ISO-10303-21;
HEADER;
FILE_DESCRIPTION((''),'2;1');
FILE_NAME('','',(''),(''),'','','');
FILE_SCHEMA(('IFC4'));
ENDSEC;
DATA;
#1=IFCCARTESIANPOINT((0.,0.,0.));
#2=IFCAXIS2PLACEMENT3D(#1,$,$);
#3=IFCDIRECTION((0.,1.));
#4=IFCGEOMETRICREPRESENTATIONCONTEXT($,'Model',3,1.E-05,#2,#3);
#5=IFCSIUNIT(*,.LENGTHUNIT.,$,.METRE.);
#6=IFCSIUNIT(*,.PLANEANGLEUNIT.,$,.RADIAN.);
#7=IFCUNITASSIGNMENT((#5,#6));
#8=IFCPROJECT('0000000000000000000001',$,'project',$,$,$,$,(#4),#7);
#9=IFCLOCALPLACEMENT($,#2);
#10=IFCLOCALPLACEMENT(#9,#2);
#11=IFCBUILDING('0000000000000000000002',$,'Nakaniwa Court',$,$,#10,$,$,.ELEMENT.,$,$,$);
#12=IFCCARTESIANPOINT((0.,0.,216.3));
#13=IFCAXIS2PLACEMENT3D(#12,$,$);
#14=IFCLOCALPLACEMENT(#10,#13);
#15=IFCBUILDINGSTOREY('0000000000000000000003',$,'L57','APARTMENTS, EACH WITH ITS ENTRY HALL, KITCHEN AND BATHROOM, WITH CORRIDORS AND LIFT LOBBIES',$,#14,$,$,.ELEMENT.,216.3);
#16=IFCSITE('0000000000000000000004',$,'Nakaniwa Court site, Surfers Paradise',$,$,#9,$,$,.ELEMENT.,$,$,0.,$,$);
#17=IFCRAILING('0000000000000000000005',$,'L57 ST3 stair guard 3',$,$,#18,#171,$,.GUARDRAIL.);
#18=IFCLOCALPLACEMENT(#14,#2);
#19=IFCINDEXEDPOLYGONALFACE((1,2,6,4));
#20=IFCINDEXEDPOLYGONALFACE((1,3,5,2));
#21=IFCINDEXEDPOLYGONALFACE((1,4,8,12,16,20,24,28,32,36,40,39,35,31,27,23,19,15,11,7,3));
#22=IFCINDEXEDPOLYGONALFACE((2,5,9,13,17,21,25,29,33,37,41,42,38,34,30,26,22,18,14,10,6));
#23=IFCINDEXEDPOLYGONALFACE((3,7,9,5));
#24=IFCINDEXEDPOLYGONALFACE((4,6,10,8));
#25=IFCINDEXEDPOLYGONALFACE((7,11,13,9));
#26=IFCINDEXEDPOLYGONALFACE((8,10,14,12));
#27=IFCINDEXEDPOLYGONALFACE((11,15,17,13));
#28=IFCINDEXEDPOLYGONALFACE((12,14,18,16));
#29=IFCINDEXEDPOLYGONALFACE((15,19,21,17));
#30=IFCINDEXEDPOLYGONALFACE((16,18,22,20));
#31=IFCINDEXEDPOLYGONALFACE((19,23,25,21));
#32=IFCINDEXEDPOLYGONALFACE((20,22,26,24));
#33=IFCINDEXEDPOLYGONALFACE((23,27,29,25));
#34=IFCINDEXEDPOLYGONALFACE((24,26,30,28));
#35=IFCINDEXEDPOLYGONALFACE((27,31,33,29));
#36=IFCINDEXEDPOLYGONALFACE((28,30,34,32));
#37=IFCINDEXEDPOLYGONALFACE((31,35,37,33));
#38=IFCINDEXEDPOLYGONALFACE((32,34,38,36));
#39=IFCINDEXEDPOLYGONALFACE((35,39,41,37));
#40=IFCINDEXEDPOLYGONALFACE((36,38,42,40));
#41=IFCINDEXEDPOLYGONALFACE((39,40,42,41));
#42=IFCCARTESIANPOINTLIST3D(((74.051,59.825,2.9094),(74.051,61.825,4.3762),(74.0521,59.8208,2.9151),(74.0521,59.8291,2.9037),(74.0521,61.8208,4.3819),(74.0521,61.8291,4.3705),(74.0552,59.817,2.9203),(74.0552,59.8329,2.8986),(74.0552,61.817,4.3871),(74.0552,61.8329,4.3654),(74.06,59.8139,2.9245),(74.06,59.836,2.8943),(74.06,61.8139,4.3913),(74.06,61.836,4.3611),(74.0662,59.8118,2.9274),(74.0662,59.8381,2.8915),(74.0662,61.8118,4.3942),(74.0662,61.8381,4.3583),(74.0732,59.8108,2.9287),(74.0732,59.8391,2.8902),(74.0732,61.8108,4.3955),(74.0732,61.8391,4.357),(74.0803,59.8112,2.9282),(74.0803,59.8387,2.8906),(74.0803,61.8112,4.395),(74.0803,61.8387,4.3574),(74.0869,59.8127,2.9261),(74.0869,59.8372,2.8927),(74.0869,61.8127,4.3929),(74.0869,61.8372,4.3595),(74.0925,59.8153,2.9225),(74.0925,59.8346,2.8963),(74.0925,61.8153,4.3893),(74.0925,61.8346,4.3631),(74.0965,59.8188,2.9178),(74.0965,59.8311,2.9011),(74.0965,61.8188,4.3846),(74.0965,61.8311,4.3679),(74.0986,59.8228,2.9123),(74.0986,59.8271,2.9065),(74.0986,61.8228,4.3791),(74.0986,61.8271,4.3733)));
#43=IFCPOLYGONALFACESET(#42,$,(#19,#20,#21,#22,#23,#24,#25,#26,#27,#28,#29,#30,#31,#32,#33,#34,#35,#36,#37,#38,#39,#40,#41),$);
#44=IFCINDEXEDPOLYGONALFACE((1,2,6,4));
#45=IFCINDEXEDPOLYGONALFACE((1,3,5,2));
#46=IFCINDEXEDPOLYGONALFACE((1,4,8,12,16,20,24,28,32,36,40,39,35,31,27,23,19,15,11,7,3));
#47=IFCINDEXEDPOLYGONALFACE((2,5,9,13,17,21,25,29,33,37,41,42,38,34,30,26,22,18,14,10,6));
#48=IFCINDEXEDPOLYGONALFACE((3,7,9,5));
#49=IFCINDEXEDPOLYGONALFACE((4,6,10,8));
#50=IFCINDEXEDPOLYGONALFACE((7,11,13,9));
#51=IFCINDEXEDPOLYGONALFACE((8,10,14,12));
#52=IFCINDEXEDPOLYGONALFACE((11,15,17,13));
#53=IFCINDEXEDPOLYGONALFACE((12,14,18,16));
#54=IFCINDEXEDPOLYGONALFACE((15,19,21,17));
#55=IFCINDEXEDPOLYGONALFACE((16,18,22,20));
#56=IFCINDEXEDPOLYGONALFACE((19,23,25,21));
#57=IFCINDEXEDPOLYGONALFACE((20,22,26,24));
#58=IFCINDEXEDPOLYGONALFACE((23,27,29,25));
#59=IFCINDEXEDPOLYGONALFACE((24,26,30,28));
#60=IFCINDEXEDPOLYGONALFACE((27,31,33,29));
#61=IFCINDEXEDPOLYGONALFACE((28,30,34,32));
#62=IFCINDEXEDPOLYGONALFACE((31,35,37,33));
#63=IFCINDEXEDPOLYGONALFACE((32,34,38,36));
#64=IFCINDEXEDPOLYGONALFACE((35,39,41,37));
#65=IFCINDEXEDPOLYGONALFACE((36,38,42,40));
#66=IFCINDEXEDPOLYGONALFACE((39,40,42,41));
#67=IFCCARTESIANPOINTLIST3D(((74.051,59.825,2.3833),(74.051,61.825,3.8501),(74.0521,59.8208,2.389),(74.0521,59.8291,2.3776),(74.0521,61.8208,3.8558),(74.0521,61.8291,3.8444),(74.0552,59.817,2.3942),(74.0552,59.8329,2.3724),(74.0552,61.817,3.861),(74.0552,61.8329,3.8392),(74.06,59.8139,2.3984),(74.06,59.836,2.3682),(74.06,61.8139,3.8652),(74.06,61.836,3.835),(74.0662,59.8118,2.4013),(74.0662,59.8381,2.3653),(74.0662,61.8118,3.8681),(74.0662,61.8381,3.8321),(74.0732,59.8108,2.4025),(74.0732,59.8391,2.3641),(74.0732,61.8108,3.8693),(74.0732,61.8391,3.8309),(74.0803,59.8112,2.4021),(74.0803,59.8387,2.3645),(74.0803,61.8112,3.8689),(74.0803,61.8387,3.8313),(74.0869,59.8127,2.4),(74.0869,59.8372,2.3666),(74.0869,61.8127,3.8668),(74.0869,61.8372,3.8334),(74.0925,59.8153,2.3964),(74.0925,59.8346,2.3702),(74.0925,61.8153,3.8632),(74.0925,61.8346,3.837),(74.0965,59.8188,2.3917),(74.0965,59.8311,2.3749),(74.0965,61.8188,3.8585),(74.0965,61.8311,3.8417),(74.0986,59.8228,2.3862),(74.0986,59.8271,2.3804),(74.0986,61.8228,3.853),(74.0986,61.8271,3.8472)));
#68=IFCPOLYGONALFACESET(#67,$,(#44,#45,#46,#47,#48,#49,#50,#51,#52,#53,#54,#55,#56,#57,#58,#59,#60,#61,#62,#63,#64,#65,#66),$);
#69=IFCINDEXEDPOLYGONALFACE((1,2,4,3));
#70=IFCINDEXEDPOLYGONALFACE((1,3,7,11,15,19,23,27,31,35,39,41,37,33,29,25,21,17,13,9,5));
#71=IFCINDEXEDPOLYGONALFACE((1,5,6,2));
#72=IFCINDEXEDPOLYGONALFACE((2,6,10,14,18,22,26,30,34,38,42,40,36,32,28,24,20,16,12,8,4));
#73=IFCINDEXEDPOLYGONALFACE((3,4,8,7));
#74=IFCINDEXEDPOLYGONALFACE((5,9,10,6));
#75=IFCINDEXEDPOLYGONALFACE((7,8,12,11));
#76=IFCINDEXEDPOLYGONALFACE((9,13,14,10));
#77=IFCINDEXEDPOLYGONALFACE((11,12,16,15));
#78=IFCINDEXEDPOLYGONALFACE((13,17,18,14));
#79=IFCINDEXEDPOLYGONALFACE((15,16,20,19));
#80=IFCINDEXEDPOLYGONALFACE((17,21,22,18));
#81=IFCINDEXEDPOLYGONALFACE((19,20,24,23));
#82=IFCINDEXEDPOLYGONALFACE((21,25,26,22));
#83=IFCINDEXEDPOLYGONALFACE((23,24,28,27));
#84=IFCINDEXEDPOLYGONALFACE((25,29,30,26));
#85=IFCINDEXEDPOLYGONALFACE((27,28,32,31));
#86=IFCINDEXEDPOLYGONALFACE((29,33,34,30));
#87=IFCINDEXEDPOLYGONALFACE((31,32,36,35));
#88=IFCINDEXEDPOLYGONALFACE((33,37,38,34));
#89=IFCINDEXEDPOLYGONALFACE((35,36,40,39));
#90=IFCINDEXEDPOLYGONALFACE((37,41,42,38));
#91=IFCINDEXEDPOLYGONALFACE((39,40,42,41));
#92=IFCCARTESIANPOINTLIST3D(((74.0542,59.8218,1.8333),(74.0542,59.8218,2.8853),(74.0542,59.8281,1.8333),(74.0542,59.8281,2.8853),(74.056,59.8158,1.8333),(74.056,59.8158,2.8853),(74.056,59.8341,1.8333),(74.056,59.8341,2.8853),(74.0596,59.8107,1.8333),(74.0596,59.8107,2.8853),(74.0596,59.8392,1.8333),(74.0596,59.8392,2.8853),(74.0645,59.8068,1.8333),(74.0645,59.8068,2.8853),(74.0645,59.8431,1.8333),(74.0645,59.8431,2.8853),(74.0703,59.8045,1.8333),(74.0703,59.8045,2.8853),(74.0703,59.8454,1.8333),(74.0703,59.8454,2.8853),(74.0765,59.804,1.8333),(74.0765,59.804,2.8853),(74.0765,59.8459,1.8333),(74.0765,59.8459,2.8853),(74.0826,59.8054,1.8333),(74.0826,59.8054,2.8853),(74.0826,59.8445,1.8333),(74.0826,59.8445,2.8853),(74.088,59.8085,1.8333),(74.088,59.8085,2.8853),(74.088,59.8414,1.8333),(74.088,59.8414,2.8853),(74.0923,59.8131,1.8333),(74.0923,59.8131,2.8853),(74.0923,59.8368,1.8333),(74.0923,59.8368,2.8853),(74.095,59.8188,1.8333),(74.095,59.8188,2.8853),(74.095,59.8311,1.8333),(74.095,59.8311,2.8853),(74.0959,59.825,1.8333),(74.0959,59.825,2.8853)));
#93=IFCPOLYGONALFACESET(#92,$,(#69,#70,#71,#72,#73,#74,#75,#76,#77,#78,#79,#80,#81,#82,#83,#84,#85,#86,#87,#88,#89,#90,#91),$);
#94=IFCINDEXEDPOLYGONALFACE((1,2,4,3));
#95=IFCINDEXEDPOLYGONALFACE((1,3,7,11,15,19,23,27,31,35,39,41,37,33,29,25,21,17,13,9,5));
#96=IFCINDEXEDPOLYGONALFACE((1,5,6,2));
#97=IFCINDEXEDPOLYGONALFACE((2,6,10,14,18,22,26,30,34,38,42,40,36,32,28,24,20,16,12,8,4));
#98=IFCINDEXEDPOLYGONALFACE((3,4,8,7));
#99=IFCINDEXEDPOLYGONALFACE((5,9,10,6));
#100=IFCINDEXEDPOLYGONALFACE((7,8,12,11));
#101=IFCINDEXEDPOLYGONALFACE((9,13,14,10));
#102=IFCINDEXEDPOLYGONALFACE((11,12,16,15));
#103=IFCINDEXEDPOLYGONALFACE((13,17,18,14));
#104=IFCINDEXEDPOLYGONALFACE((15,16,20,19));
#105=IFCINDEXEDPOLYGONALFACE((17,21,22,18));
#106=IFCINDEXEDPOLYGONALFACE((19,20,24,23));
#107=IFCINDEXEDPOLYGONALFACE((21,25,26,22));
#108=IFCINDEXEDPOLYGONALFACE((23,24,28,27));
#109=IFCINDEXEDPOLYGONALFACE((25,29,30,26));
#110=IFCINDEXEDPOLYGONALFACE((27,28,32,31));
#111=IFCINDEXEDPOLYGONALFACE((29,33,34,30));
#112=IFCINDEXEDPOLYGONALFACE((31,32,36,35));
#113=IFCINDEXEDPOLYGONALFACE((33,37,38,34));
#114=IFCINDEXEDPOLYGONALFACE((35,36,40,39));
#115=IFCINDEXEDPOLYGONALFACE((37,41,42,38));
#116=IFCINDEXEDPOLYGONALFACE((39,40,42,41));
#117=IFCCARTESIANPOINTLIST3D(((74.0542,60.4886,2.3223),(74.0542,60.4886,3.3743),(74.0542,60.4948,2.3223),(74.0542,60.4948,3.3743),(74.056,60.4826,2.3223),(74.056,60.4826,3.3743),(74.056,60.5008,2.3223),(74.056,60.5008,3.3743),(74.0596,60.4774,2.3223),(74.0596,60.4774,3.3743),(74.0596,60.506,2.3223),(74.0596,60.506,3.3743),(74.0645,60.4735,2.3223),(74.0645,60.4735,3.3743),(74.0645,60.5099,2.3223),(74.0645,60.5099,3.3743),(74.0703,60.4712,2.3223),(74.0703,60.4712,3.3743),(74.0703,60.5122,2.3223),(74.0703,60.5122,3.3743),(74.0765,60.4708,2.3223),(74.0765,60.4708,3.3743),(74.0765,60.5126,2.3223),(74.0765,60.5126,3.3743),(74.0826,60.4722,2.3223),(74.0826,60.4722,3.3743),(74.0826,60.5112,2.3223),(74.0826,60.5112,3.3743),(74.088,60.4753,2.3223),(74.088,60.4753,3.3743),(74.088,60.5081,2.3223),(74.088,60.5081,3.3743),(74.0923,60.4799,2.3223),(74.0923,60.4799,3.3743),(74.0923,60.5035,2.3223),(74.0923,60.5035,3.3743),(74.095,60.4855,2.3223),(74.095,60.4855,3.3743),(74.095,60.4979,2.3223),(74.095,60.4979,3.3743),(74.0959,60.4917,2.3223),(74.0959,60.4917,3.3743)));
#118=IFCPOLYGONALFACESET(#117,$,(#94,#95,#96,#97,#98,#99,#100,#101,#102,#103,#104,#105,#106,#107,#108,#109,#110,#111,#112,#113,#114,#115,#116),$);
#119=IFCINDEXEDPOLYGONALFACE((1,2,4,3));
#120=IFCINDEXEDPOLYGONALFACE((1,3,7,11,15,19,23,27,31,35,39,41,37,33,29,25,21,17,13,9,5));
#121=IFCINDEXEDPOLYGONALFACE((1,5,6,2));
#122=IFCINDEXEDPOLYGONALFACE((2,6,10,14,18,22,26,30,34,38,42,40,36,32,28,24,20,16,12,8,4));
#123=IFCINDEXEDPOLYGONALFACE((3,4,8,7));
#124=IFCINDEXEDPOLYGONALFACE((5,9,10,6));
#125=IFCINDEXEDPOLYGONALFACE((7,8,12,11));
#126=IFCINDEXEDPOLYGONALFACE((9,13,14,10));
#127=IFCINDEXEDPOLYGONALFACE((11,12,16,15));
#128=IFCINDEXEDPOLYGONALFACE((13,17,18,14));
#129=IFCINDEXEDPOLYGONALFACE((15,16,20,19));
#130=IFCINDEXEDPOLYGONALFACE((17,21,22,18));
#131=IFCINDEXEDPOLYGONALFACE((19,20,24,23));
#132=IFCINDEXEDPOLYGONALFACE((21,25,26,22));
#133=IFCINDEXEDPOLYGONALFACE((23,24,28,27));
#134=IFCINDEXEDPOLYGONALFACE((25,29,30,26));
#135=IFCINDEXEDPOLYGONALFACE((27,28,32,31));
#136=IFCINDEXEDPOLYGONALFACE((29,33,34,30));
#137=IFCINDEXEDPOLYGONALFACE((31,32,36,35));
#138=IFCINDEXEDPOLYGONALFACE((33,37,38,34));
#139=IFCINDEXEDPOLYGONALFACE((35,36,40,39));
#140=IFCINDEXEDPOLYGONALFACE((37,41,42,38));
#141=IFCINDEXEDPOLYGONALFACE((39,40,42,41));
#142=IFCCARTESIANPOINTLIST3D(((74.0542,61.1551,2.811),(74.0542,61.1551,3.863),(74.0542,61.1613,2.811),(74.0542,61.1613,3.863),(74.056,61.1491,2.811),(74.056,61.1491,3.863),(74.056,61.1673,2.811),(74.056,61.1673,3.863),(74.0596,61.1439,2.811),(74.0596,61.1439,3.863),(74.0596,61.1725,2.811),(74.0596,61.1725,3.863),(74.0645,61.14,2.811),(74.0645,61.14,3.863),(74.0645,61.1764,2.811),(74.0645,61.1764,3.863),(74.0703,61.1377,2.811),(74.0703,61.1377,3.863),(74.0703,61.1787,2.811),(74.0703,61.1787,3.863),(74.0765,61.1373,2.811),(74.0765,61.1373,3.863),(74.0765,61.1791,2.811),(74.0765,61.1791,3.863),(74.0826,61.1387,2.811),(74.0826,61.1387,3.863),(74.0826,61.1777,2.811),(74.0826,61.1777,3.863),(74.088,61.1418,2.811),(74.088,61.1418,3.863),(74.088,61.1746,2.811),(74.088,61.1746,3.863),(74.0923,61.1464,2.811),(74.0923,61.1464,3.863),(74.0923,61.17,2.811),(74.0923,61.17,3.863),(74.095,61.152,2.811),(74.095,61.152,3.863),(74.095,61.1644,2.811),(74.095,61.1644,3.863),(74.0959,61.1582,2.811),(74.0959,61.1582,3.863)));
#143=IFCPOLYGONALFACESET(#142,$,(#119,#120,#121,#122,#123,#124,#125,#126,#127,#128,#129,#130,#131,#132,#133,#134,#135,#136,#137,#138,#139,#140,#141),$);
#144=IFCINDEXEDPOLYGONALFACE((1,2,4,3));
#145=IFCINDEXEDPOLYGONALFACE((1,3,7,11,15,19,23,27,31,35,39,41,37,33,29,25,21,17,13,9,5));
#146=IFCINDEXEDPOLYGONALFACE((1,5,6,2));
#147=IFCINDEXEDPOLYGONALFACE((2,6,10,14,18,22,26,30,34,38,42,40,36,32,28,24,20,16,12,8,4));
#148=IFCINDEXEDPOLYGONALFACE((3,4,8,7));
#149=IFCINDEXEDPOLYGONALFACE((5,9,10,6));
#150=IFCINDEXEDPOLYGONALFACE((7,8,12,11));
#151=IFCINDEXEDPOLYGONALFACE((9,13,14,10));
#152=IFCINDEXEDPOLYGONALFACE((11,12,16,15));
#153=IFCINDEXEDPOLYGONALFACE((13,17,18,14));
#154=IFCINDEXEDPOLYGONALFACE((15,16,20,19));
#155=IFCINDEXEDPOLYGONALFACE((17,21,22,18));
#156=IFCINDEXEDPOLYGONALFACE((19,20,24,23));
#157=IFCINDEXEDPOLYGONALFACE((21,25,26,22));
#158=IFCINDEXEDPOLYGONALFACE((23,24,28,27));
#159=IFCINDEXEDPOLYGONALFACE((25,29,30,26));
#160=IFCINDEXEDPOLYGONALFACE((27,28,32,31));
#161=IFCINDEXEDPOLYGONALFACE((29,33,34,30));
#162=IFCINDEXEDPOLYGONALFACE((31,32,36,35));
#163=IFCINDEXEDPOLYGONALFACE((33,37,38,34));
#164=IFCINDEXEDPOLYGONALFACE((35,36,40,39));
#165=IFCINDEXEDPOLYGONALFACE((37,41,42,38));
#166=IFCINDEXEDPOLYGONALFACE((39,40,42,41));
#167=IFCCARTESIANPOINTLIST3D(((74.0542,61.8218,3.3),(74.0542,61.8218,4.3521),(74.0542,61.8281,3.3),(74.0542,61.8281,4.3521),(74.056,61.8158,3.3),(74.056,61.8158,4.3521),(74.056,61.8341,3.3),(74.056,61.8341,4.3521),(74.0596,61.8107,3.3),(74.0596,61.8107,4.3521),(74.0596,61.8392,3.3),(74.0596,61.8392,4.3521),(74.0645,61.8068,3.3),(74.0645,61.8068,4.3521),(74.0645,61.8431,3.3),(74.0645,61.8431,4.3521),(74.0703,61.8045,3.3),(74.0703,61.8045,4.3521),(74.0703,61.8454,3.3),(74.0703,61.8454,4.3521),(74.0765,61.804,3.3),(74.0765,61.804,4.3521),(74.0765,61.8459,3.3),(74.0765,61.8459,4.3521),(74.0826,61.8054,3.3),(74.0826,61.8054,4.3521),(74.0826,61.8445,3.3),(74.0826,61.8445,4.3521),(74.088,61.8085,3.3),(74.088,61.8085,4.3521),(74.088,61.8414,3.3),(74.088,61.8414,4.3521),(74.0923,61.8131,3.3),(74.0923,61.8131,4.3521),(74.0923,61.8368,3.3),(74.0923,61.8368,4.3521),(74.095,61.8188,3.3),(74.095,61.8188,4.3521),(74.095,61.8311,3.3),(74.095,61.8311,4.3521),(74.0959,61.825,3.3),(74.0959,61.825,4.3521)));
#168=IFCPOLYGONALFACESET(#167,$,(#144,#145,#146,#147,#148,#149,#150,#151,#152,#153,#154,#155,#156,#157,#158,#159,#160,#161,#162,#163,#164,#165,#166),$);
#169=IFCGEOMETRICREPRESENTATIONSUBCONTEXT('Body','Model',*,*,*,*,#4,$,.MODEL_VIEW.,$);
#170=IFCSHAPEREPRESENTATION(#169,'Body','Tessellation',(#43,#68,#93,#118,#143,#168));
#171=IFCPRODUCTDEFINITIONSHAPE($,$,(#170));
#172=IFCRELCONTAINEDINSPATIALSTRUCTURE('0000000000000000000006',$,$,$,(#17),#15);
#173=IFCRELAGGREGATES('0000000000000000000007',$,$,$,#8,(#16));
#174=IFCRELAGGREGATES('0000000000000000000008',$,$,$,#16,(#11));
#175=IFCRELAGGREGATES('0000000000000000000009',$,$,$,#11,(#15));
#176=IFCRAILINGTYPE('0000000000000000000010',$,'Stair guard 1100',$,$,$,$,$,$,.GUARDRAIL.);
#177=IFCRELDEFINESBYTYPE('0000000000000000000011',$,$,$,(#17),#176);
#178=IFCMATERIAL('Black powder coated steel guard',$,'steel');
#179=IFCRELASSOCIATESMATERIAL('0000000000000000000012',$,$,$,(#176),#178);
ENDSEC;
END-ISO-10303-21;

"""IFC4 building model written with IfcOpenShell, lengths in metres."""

from ifc_helpers import new_model, si_unit, direction, frame, origin, origin_2d, place, context, subcontext, project, spatial, circle, extrude, material, type_object, element, save


model = new_model("IFC4")

# Units and contexts
model_context = context("Model", 3, precision=1e-05, world=origin(), true_north=direction((0.0, 1.0)))
body_context = subcontext(model_context, "Body", "Model", "MODEL_VIEW")
ifc_project = project(units=[si_unit("LENGTHUNIT", "METRE"), si_unit("PLANEANGLEUNIT", "RADIAN")], contexts=[model_context])

# Site, building, storey
site_placement = place(None, origin())
site = spatial("IfcSite", under=ifc_project, at=site_placement, Name="Nakaniwa Court site, Surfers Paradise", CompositionType="ELEMENT", RefElevation=0.0)
building_placement = place(site_placement, origin())
building = spatial("IfcBuilding", under=site, at=building_placement, Name="Nakaniwa Court", CompositionType="ELEMENT")
storey_placement = place(building_placement, frame((0.0, 0.0, 216.3)))
storey = spatial("IfcBuildingStorey", under=building, at=storey_placement, Name="L57", Description="APARTMENTS, EACH WITH ITS ENTRY HALL, KITCHEN AND BATHROOM, WITH CORRIDORS AND LIFT LOBBIES", CompositionType="ELEMENT", Elevation=216.3)

# Railing
ifc_material_1 = material(Name="Black powder coated steel guard", Category="steel")
railing_type_1 = type_object("IfcRailingType", Name="Stair guard 1100", PredefinedType="GUARDRAIL", material=ifc_material_1)
railing_1_placement = place(storey_placement, frame((74.075, 59.825, 1.8333)))
element("IfcRailing", 1, at=railing_1_placement, inside=storey, type_object=railing_type_1, Name="L57 ST3 stair guard 3", PredefinedType="GUARDRAIL", context=body_context, shape_type="SweptSolid", body=[
    extrude(circle(Radius=0.0239, at=origin_2d()), frame((0.0, 0.0, 1.0762), z_axis=(0.0, 0.80638, 0.591398), x_axis=(-1.0, 0.0, 0.0)), (0.0, 0.0, 1.0), 2.4802),
    extrude(circle(Radius=0.0239, at=origin_2d()), frame((0.0, 0.0, 0.55), z_axis=(0.0, 0.80638, 0.591398), x_axis=(-1.0, 0.0, 0.0)), (0.0, 0.0, 1.0), 2.4802),
    extrude(circle(Radius=0.021, at=origin_2d()), origin(), (0.0, 0.0, 1.0), 1.052),
    extrude(circle(Radius=0.021, at=origin_2d()), frame((0.0, 0.6667, 0.489)), (0.0, 0.0, 1.0), 1.052),
    extrude(circle(Radius=0.021, at=origin_2d()), frame((0.0, 1.3333, 0.9778)), (0.0, 0.0, 1.0), 1.052),
    extrude(circle(Radius=0.021, at=origin_2d()), frame((0.0, 2.0, 1.4668)), (0.0, 0.0, 1.0), 1.052),
])

save(model, "model.ifc")
